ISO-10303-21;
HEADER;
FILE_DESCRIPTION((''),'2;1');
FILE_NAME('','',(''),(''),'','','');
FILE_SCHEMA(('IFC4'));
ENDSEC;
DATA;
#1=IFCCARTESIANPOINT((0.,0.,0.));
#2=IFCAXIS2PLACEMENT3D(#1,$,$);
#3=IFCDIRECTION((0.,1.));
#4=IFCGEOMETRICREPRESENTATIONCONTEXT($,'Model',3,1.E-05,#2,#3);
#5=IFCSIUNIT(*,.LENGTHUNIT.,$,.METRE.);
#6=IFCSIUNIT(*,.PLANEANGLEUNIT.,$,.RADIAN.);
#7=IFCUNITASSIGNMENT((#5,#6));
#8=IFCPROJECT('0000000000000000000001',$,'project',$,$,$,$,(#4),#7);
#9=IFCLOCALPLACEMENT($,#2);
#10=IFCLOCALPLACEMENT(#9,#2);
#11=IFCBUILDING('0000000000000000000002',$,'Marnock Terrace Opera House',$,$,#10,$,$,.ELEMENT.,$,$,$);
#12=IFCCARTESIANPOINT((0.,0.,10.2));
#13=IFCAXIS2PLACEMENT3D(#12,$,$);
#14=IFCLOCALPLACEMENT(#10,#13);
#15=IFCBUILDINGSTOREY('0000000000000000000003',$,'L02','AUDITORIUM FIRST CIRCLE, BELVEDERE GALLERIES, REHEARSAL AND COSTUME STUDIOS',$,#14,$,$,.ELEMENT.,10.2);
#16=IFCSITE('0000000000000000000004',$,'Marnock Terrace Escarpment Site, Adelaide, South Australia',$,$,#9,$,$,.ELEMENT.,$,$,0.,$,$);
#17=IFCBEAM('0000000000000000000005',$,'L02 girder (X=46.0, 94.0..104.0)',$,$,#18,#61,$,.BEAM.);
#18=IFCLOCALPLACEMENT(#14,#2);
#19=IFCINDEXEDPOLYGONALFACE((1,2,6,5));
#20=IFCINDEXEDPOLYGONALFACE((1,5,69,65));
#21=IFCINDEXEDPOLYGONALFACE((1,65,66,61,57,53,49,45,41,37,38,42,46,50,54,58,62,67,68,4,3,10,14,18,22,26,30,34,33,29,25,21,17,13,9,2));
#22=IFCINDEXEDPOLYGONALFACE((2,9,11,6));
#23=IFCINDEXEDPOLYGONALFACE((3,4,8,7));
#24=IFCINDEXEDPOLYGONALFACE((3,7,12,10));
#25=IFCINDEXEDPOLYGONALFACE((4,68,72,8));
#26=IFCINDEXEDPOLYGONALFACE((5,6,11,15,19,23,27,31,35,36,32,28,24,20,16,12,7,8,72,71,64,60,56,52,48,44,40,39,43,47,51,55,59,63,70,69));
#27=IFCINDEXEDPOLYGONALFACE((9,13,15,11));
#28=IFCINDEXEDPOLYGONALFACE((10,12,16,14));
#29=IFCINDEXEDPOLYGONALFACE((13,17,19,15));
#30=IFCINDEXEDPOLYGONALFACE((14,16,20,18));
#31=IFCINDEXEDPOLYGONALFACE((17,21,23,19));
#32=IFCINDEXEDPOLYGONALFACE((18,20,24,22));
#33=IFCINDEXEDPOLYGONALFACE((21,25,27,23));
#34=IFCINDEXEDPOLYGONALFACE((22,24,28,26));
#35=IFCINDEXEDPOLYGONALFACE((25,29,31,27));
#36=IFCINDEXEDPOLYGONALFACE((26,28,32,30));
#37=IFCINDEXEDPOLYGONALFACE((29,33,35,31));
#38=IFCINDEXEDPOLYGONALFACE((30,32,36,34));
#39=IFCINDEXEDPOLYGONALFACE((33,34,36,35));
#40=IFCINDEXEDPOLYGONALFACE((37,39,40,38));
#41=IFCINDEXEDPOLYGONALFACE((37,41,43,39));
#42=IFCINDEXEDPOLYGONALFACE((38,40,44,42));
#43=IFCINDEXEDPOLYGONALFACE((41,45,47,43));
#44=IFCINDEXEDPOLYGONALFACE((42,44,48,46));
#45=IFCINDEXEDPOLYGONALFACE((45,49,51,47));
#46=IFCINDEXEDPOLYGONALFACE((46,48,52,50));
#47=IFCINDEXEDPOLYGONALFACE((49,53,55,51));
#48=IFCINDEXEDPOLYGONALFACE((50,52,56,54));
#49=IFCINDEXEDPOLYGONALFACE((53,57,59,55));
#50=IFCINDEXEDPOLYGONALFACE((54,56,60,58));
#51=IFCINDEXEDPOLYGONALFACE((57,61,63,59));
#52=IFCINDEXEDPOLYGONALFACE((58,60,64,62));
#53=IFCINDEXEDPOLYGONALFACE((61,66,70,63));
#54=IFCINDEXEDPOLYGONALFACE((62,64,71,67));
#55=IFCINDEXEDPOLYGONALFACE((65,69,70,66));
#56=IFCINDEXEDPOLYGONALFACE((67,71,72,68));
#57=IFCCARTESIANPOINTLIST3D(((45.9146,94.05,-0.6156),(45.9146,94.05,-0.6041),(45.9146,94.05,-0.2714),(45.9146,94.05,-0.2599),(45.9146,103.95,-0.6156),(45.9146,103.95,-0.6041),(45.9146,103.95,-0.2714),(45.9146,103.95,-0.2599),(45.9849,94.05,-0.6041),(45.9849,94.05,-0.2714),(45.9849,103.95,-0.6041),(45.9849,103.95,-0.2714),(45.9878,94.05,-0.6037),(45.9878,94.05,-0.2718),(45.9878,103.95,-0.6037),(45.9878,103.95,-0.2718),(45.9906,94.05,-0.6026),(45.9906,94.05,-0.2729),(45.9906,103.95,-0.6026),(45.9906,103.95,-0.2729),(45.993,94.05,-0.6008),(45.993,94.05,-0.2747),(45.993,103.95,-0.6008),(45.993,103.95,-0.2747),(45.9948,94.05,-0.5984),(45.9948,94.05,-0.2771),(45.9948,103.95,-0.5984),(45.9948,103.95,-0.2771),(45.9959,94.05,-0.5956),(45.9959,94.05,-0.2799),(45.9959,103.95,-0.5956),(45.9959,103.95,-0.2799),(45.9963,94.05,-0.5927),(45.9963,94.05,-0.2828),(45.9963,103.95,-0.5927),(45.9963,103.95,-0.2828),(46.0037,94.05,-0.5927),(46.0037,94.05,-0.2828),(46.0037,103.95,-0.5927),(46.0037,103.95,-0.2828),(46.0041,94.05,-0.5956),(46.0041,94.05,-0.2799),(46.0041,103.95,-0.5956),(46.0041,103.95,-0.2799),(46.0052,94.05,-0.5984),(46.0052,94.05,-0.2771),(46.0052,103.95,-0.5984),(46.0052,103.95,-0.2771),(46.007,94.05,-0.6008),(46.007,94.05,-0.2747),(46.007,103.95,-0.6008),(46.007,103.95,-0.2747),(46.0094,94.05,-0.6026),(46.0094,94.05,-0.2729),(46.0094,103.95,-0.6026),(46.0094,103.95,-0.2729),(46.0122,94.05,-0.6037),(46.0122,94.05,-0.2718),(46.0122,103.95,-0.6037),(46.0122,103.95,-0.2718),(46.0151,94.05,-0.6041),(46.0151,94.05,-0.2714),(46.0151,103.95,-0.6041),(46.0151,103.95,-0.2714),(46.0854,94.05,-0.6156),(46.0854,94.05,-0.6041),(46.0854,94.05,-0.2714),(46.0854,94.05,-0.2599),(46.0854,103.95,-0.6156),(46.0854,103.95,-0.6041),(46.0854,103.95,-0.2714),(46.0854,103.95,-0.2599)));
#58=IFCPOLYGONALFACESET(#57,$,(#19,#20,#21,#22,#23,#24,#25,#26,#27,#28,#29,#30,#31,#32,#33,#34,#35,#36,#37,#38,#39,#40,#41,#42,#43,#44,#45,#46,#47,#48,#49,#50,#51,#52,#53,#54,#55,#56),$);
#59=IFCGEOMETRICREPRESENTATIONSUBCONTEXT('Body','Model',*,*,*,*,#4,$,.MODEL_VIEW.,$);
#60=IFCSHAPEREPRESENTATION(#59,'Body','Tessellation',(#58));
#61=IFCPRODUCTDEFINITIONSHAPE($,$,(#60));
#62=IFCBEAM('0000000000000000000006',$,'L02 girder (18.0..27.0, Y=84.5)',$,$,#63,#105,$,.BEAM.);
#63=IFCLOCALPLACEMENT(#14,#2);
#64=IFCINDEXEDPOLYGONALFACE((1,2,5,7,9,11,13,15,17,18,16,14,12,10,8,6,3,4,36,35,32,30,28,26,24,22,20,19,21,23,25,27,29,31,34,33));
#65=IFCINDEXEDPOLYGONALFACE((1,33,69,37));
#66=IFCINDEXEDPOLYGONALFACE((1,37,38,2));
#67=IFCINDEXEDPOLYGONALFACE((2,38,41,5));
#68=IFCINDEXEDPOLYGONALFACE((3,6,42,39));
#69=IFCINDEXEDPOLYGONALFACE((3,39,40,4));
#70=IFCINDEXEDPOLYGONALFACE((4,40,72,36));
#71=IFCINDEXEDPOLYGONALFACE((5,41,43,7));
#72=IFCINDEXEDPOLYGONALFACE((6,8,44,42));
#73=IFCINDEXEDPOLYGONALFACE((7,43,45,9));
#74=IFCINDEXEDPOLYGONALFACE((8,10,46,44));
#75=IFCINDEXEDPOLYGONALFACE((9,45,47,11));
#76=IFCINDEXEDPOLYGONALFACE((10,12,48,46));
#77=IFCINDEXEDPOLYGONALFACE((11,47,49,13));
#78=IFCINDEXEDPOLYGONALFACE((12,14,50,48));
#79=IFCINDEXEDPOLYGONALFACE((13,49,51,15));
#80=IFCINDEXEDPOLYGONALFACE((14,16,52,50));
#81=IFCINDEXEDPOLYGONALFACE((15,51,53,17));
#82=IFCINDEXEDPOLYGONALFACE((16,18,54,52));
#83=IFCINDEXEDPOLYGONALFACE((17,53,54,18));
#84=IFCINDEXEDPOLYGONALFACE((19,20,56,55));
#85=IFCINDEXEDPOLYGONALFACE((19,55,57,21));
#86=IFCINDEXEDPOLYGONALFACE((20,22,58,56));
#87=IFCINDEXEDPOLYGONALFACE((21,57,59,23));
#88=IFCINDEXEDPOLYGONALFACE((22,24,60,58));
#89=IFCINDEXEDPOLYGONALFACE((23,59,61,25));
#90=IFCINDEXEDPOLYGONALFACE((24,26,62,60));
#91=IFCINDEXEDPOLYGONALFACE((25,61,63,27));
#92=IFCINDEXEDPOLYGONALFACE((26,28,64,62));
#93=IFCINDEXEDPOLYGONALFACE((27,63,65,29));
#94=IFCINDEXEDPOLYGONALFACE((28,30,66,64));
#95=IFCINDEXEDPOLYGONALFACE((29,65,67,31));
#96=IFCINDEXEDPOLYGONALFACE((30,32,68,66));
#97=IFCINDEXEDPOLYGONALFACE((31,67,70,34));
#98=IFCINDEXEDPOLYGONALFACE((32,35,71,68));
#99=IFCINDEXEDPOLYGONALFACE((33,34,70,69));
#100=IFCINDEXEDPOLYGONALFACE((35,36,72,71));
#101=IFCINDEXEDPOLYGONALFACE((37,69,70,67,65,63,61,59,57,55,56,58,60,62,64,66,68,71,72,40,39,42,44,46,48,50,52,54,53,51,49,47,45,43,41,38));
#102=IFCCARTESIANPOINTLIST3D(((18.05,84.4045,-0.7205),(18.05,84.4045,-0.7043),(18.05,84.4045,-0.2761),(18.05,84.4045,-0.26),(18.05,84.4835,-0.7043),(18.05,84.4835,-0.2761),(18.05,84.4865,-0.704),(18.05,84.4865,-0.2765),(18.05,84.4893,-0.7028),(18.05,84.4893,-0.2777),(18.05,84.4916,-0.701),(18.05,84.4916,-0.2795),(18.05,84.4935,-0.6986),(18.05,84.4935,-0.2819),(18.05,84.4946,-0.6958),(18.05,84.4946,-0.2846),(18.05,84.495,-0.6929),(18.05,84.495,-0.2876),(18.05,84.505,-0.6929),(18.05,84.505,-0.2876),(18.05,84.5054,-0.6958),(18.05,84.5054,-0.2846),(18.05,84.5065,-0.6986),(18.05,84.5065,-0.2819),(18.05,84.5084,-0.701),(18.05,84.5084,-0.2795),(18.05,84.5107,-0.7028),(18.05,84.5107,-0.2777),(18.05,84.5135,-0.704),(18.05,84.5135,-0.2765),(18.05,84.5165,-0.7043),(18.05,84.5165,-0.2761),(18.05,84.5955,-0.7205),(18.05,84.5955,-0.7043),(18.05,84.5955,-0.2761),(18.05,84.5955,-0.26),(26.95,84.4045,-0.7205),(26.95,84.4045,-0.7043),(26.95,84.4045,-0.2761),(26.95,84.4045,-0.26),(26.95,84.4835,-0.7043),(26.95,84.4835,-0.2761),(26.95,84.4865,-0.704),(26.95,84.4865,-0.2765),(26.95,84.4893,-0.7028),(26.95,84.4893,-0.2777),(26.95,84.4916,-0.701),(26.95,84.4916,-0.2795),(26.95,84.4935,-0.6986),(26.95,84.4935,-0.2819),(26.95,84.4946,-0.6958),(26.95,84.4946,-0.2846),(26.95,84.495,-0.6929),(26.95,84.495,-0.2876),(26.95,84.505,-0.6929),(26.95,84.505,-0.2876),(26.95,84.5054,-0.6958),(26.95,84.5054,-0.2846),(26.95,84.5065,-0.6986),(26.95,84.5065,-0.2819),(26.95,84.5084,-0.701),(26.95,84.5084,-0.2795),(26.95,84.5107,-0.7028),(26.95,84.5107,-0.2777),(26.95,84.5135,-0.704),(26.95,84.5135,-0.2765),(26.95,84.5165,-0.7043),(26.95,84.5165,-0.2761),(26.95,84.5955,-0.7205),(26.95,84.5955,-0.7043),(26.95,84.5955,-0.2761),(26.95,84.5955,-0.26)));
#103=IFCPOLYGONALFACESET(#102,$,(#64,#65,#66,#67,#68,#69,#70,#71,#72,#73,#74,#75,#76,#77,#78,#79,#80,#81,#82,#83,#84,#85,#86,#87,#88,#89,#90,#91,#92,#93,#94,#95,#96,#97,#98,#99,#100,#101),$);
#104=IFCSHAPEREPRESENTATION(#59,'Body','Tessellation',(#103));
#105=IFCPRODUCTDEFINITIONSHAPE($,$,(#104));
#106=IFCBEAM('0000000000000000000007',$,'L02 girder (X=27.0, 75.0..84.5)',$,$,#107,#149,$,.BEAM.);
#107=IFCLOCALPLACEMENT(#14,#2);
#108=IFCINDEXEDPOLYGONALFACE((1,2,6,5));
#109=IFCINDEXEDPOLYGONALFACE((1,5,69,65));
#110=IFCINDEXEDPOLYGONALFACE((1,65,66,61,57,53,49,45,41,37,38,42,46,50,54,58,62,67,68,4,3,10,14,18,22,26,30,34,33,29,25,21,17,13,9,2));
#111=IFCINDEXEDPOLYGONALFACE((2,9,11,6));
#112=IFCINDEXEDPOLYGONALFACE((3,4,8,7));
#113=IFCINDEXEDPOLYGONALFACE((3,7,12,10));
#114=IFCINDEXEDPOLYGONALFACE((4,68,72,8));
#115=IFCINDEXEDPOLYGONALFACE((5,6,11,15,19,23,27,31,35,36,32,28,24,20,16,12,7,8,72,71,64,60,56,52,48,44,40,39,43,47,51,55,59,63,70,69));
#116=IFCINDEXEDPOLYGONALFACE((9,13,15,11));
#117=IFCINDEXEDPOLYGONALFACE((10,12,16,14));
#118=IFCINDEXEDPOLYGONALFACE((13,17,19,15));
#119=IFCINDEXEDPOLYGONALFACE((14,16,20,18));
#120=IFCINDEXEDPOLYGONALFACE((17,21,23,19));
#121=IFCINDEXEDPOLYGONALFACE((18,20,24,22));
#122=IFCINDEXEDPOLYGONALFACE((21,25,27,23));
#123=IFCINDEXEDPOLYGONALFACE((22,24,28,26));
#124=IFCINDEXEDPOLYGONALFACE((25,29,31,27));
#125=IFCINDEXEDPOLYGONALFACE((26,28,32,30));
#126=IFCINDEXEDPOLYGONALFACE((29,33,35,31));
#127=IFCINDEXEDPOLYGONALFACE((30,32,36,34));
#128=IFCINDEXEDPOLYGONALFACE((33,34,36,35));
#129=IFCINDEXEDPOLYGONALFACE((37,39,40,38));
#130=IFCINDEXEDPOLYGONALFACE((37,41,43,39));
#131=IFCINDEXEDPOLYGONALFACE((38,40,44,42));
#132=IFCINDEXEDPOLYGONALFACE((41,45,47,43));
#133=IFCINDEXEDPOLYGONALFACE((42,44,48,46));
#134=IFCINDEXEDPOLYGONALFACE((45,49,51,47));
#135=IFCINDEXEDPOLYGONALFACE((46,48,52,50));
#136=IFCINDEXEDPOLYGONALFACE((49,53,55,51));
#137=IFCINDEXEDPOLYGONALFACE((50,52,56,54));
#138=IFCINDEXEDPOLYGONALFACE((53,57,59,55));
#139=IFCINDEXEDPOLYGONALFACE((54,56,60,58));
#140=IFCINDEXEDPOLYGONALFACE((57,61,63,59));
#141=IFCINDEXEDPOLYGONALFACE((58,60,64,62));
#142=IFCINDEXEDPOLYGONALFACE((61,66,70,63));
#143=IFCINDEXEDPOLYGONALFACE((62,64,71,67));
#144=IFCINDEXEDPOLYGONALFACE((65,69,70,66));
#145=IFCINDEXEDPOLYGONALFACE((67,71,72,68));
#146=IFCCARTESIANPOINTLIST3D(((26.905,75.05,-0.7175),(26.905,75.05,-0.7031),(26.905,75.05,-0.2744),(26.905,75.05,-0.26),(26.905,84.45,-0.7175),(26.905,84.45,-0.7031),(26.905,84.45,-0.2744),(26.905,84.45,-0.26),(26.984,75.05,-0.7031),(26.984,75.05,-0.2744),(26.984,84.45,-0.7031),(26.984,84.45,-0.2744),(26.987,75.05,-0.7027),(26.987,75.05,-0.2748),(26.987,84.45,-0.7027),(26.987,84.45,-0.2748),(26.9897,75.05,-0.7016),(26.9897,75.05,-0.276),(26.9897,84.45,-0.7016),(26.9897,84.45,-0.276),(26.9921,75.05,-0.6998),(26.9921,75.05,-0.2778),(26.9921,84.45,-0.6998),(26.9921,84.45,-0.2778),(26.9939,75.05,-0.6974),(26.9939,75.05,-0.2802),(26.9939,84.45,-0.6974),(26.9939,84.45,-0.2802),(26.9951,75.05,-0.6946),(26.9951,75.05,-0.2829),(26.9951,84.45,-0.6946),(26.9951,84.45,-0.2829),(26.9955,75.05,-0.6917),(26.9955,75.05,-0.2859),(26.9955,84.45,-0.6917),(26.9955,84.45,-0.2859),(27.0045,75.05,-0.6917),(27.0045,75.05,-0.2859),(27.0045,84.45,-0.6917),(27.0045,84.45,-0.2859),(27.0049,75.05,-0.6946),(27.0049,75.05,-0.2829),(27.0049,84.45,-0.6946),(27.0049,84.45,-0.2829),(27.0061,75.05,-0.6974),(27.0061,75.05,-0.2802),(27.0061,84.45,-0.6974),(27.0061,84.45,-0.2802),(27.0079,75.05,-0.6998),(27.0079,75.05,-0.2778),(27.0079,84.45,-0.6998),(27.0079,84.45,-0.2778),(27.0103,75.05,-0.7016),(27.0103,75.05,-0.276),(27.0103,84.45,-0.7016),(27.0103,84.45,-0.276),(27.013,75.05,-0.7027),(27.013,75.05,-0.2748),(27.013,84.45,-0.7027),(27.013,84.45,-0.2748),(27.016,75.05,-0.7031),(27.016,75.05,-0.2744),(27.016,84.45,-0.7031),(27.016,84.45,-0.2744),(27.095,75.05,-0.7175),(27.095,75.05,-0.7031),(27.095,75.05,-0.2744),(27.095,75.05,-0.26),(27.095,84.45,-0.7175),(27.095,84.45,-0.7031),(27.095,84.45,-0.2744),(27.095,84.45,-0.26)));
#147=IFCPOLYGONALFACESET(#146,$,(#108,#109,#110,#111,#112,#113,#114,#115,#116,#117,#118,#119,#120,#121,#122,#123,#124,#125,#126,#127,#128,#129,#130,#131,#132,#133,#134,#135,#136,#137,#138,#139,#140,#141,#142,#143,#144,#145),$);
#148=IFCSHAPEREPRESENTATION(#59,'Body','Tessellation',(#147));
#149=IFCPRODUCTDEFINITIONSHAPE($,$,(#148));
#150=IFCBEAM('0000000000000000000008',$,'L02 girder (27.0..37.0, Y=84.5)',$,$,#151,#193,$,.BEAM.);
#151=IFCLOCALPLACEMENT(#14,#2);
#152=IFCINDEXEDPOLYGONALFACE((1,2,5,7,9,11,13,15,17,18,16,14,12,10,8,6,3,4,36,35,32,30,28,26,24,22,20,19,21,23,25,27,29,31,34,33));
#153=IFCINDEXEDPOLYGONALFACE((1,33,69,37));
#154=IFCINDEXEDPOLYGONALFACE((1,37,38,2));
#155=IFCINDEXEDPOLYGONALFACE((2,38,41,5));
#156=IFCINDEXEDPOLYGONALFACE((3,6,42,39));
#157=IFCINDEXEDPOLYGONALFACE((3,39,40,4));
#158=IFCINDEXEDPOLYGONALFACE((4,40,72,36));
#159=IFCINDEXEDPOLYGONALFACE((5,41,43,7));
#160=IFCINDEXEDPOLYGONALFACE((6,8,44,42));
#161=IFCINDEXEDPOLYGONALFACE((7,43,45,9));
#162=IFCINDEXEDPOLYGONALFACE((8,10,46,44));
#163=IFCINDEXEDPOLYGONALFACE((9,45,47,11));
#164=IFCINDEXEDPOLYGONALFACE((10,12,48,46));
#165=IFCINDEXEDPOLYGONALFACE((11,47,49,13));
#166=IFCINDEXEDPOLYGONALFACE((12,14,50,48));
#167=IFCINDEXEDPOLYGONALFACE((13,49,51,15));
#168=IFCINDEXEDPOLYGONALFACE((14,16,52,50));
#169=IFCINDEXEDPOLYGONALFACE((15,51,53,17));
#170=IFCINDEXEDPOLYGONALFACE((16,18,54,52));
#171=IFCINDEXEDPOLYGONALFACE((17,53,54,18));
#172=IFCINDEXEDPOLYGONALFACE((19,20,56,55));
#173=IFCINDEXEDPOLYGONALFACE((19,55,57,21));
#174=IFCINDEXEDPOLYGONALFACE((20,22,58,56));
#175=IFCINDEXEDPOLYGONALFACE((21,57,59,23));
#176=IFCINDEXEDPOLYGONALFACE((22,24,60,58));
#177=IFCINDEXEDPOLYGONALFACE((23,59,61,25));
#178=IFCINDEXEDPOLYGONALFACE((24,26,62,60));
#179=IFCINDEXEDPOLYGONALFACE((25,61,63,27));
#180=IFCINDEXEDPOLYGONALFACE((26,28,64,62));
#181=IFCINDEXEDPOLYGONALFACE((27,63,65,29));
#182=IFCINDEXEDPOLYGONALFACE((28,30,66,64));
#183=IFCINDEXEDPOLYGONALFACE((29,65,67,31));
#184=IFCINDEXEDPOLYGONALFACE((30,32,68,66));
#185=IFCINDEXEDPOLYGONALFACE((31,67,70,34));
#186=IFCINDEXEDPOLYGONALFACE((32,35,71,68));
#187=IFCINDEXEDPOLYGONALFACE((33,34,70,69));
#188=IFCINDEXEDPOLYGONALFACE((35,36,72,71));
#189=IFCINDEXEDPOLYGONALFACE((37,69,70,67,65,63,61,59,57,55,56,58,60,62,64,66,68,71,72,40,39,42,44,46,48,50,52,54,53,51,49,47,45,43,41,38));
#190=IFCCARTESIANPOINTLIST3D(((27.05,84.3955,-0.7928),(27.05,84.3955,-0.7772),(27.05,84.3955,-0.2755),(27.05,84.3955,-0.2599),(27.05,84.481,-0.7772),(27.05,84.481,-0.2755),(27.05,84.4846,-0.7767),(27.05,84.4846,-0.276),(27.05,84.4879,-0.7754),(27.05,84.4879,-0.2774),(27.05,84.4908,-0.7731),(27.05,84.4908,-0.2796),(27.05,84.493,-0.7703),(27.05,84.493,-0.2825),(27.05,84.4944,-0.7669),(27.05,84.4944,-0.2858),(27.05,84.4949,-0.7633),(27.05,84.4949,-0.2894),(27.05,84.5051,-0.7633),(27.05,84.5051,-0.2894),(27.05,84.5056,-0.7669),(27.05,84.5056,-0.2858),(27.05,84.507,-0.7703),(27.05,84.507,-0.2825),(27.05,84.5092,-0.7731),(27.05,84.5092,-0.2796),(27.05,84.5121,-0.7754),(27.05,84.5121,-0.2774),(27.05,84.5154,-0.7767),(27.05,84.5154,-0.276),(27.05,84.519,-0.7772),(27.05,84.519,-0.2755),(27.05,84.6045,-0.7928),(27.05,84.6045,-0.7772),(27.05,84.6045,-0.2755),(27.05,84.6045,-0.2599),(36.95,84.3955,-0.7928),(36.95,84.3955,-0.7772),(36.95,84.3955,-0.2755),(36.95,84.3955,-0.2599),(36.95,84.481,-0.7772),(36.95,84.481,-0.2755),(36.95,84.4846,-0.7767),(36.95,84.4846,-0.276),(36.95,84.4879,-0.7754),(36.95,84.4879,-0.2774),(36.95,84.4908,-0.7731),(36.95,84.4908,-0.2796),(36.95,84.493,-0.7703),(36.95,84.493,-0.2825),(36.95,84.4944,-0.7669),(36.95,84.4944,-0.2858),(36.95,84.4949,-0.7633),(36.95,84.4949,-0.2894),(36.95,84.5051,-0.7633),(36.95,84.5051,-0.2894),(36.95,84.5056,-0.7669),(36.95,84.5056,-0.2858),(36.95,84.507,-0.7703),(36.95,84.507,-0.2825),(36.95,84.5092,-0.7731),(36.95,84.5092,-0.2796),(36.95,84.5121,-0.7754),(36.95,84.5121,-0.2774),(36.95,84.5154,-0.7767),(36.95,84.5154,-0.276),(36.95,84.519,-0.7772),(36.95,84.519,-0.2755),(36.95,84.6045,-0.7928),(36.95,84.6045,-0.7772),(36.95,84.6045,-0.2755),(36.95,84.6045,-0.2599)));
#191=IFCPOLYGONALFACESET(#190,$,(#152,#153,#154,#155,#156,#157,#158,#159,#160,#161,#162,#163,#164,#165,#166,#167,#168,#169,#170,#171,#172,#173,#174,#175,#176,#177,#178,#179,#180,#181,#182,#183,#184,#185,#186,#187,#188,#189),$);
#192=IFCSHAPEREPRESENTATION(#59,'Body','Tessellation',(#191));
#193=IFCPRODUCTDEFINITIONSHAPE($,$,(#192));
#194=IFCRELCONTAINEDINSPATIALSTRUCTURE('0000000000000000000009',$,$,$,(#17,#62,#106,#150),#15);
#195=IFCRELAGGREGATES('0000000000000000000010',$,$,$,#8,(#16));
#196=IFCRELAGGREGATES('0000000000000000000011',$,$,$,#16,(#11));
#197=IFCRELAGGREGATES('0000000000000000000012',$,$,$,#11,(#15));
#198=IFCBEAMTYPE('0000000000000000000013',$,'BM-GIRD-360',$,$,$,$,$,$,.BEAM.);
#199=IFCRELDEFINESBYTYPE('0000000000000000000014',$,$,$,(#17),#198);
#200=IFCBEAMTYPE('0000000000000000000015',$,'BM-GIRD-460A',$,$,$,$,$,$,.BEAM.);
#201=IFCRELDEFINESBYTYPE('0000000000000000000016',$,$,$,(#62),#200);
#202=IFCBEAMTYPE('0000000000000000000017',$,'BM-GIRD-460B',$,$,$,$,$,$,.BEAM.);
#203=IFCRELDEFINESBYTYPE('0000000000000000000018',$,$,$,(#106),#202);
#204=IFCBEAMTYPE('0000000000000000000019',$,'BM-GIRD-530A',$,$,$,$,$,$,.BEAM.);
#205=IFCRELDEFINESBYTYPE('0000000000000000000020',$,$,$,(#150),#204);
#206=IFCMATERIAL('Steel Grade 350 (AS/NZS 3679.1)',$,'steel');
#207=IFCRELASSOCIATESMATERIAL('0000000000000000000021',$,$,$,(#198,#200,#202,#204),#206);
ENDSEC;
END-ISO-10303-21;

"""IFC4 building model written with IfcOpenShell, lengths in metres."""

from ifc_helpers import new_model, si_unit, direction, frame, origin, origin_2d, place, context, subcontext, project, spatial, i_section, extrude, material, material_profile, profile_set, type_object, element, save


model = new_model("IFC4")

# Units and contexts
model_context = context("Model", 3, precision=1e-05, world=origin(), true_north=direction((0.0, 1.0)))
body_context = subcontext(model_context, "Body", "Model", "MODEL_VIEW")
ifc_project = project(units=[si_unit("LENGTHUNIT", "METRE"), si_unit("PLANEANGLEUNIT", "RADIAN")], contexts=[model_context])

# Site, building, storey
site_placement = place(None, origin())
site = spatial("IfcSite", under=ifc_project, at=site_placement, Name="Marnock Terrace Escarpment Site, Adelaide, South Australia", CompositionType="ELEMENT", RefElevation=0.0)
building_placement = place(site_placement, origin())
building = spatial("IfcBuilding", under=site, at=building_placement, Name="Marnock Terrace Opera House", CompositionType="ELEMENT")
storey_placement = place(building_placement, frame((0.0, 0.0, 10.2)))
storey = spatial("IfcBuildingStorey", under=building, at=storey_placement, Name="L02", Description="AUDITORIUM FIRST CIRCLE, BELVEDERE GALLERIES, REHEARSAL AND COSTUME STUDIOS", CompositionType="ELEMENT", Elevation=10.2)

# Shared definitions
ifc_material_1 = material(Name="Steel Grade 350 (AS/NZS 3679.1)", Category="steel")

# Beams
ifc_material_profile_1 = material_profile(ifc_material_1, i_section(OverallWidth=0.1709, OverallDepth=0.3557, WebThickness=0.0073, FlangeThickness=0.0115, FilletRadius=0.0115, at=origin_2d()))
ifc_profile_set_1 = profile_set([ifc_material_profile_1], Name="Steel Grade 350 (AS/NZS 3679.1)")
beam_type_1 = type_object("IfcBeamType", Name="BM-GIRD-360", PredefinedType="BEAM", material=ifc_profile_set_1)
beam_1_placement = place(storey_placement, frame((46.0, 94.05, -0.4377), z_axis=(0.0, 1.0, 0.0), x_axis=(-1.0, 0.0, 0.0)))
element("IfcBeam", 1, at=beam_1_placement, inside=storey, type_object=beam_type_1, Name="L02 girder (X=46.0, 94.0..104.0)", PredefinedType="BEAM", context=body_context, shape_type="SweptSolid", body=[
    extrude(i_section(OverallWidth=0.1709, OverallDepth=0.3557, WebThickness=0.0073, FlangeThickness=0.0115, FilletRadius=0.0115, at=origin_2d()), origin(), (0.0, 0.0, 1.0), 9.8999),
])
ifc_material_profile_2 = material_profile(ifc_material_1, i_section(OverallWidth=0.1909, OverallDepth=0.4604, WebThickness=0.01, FlangeThickness=0.0161, FilletRadius=0.0115, at=origin_2d()))
ifc_profile_set_2 = profile_set([ifc_material_profile_2], Name="Steel Grade 350 (AS/NZS 3679.1)")
beam_type_2 = type_object("IfcBeamType", Name="BM-GIRD-460A", PredefinedType="BEAM", material=ifc_profile_set_2)
beam_2_placement = place(storey_placement, frame((18.05, 84.5, -0.4902), z_axis=(1.0, 0.0, 0.0), x_axis=(0.0, 1.0, 0.0)))
element("IfcBeam", 2, at=beam_2_placement, inside=storey, type_object=beam_type_2, Name="L02 girder (18.0..27.0, Y=84.5)", PredefinedType="BEAM", context=body_context, shape_type="SweptSolid", body=[
    extrude(i_section(OverallWidth=0.1909, OverallDepth=0.4604, WebThickness=0.01, FlangeThickness=0.0161, FilletRadius=0.0115, at=origin_2d()), origin(), (0.0, 0.0, 1.0), 8.8999),
])
ifc_material_profile_3 = material_profile(ifc_material_1, i_section(OverallWidth=0.1899, OverallDepth=0.4575, WebThickness=0.009, FlangeThickness=0.0144, FilletRadius=0.0115, at=origin_2d()))
ifc_profile_set_3 = profile_set([ifc_material_profile_3], Name="Steel Grade 350 (AS/NZS 3679.1)")
beam_type_3 = type_object("IfcBeamType", Name="BM-GIRD-460B", PredefinedType="BEAM", material=ifc_profile_set_3)
beam_3_placement = place(storey_placement, frame((27.0, 75.05, -0.4888), z_axis=(0.0, 1.0, 0.0), x_axis=(-1.0, 0.0, 0.0)))
element("IfcBeam", 3, at=beam_3_placement, inside=storey, type_object=beam_type_3, Name="L02 girder (X=27.0, 75.0..84.5)", PredefinedType="BEAM", context=body_context, shape_type="SweptSolid", body=[
    extrude(i_section(OverallWidth=0.1899, OverallDepth=0.4575, WebThickness=0.009, FlangeThickness=0.0144, FilletRadius=0.0115, at=origin_2d()), origin(), (0.0, 0.0, 1.0), 9.3999),
])
ifc_material_profile_4 = material_profile(ifc_material_1, i_section(OverallWidth=0.209, OverallDepth=0.533, WebThickness=0.0103, FlangeThickness=0.0156, FilletRadius=0.0139, at=origin_2d()))
ifc_profile_set_4 = profile_set([ifc_material_profile_4], Name="Steel Grade 350 (AS/NZS 3679.1)")
beam_type_4 = type_object("IfcBeamType", Name="BM-GIRD-530A", PredefinedType="BEAM", material=ifc_profile_set_4)
beam_4_placement = place(storey_placement, frame((27.05, 84.5, -0.5264), z_axis=(1.0, 0.0, 0.0), x_axis=(0.0, 1.0, 0.0)))
element("IfcBeam", 4, at=beam_4_placement, inside=storey, type_object=beam_type_4, Name="L02 girder (27.0..37.0, Y=84.5)", PredefinedType="BEAM", context=body_context, shape_type="SweptSolid", body=[
    extrude(i_section(OverallWidth=0.209, OverallDepth=0.533, WebThickness=0.0103, FlangeThickness=0.0156, FilletRadius=0.0139, at=origin_2d()), origin(), (0.0, 0.0, 1.0), 9.8999),
])

save(model, "model.ifc")
